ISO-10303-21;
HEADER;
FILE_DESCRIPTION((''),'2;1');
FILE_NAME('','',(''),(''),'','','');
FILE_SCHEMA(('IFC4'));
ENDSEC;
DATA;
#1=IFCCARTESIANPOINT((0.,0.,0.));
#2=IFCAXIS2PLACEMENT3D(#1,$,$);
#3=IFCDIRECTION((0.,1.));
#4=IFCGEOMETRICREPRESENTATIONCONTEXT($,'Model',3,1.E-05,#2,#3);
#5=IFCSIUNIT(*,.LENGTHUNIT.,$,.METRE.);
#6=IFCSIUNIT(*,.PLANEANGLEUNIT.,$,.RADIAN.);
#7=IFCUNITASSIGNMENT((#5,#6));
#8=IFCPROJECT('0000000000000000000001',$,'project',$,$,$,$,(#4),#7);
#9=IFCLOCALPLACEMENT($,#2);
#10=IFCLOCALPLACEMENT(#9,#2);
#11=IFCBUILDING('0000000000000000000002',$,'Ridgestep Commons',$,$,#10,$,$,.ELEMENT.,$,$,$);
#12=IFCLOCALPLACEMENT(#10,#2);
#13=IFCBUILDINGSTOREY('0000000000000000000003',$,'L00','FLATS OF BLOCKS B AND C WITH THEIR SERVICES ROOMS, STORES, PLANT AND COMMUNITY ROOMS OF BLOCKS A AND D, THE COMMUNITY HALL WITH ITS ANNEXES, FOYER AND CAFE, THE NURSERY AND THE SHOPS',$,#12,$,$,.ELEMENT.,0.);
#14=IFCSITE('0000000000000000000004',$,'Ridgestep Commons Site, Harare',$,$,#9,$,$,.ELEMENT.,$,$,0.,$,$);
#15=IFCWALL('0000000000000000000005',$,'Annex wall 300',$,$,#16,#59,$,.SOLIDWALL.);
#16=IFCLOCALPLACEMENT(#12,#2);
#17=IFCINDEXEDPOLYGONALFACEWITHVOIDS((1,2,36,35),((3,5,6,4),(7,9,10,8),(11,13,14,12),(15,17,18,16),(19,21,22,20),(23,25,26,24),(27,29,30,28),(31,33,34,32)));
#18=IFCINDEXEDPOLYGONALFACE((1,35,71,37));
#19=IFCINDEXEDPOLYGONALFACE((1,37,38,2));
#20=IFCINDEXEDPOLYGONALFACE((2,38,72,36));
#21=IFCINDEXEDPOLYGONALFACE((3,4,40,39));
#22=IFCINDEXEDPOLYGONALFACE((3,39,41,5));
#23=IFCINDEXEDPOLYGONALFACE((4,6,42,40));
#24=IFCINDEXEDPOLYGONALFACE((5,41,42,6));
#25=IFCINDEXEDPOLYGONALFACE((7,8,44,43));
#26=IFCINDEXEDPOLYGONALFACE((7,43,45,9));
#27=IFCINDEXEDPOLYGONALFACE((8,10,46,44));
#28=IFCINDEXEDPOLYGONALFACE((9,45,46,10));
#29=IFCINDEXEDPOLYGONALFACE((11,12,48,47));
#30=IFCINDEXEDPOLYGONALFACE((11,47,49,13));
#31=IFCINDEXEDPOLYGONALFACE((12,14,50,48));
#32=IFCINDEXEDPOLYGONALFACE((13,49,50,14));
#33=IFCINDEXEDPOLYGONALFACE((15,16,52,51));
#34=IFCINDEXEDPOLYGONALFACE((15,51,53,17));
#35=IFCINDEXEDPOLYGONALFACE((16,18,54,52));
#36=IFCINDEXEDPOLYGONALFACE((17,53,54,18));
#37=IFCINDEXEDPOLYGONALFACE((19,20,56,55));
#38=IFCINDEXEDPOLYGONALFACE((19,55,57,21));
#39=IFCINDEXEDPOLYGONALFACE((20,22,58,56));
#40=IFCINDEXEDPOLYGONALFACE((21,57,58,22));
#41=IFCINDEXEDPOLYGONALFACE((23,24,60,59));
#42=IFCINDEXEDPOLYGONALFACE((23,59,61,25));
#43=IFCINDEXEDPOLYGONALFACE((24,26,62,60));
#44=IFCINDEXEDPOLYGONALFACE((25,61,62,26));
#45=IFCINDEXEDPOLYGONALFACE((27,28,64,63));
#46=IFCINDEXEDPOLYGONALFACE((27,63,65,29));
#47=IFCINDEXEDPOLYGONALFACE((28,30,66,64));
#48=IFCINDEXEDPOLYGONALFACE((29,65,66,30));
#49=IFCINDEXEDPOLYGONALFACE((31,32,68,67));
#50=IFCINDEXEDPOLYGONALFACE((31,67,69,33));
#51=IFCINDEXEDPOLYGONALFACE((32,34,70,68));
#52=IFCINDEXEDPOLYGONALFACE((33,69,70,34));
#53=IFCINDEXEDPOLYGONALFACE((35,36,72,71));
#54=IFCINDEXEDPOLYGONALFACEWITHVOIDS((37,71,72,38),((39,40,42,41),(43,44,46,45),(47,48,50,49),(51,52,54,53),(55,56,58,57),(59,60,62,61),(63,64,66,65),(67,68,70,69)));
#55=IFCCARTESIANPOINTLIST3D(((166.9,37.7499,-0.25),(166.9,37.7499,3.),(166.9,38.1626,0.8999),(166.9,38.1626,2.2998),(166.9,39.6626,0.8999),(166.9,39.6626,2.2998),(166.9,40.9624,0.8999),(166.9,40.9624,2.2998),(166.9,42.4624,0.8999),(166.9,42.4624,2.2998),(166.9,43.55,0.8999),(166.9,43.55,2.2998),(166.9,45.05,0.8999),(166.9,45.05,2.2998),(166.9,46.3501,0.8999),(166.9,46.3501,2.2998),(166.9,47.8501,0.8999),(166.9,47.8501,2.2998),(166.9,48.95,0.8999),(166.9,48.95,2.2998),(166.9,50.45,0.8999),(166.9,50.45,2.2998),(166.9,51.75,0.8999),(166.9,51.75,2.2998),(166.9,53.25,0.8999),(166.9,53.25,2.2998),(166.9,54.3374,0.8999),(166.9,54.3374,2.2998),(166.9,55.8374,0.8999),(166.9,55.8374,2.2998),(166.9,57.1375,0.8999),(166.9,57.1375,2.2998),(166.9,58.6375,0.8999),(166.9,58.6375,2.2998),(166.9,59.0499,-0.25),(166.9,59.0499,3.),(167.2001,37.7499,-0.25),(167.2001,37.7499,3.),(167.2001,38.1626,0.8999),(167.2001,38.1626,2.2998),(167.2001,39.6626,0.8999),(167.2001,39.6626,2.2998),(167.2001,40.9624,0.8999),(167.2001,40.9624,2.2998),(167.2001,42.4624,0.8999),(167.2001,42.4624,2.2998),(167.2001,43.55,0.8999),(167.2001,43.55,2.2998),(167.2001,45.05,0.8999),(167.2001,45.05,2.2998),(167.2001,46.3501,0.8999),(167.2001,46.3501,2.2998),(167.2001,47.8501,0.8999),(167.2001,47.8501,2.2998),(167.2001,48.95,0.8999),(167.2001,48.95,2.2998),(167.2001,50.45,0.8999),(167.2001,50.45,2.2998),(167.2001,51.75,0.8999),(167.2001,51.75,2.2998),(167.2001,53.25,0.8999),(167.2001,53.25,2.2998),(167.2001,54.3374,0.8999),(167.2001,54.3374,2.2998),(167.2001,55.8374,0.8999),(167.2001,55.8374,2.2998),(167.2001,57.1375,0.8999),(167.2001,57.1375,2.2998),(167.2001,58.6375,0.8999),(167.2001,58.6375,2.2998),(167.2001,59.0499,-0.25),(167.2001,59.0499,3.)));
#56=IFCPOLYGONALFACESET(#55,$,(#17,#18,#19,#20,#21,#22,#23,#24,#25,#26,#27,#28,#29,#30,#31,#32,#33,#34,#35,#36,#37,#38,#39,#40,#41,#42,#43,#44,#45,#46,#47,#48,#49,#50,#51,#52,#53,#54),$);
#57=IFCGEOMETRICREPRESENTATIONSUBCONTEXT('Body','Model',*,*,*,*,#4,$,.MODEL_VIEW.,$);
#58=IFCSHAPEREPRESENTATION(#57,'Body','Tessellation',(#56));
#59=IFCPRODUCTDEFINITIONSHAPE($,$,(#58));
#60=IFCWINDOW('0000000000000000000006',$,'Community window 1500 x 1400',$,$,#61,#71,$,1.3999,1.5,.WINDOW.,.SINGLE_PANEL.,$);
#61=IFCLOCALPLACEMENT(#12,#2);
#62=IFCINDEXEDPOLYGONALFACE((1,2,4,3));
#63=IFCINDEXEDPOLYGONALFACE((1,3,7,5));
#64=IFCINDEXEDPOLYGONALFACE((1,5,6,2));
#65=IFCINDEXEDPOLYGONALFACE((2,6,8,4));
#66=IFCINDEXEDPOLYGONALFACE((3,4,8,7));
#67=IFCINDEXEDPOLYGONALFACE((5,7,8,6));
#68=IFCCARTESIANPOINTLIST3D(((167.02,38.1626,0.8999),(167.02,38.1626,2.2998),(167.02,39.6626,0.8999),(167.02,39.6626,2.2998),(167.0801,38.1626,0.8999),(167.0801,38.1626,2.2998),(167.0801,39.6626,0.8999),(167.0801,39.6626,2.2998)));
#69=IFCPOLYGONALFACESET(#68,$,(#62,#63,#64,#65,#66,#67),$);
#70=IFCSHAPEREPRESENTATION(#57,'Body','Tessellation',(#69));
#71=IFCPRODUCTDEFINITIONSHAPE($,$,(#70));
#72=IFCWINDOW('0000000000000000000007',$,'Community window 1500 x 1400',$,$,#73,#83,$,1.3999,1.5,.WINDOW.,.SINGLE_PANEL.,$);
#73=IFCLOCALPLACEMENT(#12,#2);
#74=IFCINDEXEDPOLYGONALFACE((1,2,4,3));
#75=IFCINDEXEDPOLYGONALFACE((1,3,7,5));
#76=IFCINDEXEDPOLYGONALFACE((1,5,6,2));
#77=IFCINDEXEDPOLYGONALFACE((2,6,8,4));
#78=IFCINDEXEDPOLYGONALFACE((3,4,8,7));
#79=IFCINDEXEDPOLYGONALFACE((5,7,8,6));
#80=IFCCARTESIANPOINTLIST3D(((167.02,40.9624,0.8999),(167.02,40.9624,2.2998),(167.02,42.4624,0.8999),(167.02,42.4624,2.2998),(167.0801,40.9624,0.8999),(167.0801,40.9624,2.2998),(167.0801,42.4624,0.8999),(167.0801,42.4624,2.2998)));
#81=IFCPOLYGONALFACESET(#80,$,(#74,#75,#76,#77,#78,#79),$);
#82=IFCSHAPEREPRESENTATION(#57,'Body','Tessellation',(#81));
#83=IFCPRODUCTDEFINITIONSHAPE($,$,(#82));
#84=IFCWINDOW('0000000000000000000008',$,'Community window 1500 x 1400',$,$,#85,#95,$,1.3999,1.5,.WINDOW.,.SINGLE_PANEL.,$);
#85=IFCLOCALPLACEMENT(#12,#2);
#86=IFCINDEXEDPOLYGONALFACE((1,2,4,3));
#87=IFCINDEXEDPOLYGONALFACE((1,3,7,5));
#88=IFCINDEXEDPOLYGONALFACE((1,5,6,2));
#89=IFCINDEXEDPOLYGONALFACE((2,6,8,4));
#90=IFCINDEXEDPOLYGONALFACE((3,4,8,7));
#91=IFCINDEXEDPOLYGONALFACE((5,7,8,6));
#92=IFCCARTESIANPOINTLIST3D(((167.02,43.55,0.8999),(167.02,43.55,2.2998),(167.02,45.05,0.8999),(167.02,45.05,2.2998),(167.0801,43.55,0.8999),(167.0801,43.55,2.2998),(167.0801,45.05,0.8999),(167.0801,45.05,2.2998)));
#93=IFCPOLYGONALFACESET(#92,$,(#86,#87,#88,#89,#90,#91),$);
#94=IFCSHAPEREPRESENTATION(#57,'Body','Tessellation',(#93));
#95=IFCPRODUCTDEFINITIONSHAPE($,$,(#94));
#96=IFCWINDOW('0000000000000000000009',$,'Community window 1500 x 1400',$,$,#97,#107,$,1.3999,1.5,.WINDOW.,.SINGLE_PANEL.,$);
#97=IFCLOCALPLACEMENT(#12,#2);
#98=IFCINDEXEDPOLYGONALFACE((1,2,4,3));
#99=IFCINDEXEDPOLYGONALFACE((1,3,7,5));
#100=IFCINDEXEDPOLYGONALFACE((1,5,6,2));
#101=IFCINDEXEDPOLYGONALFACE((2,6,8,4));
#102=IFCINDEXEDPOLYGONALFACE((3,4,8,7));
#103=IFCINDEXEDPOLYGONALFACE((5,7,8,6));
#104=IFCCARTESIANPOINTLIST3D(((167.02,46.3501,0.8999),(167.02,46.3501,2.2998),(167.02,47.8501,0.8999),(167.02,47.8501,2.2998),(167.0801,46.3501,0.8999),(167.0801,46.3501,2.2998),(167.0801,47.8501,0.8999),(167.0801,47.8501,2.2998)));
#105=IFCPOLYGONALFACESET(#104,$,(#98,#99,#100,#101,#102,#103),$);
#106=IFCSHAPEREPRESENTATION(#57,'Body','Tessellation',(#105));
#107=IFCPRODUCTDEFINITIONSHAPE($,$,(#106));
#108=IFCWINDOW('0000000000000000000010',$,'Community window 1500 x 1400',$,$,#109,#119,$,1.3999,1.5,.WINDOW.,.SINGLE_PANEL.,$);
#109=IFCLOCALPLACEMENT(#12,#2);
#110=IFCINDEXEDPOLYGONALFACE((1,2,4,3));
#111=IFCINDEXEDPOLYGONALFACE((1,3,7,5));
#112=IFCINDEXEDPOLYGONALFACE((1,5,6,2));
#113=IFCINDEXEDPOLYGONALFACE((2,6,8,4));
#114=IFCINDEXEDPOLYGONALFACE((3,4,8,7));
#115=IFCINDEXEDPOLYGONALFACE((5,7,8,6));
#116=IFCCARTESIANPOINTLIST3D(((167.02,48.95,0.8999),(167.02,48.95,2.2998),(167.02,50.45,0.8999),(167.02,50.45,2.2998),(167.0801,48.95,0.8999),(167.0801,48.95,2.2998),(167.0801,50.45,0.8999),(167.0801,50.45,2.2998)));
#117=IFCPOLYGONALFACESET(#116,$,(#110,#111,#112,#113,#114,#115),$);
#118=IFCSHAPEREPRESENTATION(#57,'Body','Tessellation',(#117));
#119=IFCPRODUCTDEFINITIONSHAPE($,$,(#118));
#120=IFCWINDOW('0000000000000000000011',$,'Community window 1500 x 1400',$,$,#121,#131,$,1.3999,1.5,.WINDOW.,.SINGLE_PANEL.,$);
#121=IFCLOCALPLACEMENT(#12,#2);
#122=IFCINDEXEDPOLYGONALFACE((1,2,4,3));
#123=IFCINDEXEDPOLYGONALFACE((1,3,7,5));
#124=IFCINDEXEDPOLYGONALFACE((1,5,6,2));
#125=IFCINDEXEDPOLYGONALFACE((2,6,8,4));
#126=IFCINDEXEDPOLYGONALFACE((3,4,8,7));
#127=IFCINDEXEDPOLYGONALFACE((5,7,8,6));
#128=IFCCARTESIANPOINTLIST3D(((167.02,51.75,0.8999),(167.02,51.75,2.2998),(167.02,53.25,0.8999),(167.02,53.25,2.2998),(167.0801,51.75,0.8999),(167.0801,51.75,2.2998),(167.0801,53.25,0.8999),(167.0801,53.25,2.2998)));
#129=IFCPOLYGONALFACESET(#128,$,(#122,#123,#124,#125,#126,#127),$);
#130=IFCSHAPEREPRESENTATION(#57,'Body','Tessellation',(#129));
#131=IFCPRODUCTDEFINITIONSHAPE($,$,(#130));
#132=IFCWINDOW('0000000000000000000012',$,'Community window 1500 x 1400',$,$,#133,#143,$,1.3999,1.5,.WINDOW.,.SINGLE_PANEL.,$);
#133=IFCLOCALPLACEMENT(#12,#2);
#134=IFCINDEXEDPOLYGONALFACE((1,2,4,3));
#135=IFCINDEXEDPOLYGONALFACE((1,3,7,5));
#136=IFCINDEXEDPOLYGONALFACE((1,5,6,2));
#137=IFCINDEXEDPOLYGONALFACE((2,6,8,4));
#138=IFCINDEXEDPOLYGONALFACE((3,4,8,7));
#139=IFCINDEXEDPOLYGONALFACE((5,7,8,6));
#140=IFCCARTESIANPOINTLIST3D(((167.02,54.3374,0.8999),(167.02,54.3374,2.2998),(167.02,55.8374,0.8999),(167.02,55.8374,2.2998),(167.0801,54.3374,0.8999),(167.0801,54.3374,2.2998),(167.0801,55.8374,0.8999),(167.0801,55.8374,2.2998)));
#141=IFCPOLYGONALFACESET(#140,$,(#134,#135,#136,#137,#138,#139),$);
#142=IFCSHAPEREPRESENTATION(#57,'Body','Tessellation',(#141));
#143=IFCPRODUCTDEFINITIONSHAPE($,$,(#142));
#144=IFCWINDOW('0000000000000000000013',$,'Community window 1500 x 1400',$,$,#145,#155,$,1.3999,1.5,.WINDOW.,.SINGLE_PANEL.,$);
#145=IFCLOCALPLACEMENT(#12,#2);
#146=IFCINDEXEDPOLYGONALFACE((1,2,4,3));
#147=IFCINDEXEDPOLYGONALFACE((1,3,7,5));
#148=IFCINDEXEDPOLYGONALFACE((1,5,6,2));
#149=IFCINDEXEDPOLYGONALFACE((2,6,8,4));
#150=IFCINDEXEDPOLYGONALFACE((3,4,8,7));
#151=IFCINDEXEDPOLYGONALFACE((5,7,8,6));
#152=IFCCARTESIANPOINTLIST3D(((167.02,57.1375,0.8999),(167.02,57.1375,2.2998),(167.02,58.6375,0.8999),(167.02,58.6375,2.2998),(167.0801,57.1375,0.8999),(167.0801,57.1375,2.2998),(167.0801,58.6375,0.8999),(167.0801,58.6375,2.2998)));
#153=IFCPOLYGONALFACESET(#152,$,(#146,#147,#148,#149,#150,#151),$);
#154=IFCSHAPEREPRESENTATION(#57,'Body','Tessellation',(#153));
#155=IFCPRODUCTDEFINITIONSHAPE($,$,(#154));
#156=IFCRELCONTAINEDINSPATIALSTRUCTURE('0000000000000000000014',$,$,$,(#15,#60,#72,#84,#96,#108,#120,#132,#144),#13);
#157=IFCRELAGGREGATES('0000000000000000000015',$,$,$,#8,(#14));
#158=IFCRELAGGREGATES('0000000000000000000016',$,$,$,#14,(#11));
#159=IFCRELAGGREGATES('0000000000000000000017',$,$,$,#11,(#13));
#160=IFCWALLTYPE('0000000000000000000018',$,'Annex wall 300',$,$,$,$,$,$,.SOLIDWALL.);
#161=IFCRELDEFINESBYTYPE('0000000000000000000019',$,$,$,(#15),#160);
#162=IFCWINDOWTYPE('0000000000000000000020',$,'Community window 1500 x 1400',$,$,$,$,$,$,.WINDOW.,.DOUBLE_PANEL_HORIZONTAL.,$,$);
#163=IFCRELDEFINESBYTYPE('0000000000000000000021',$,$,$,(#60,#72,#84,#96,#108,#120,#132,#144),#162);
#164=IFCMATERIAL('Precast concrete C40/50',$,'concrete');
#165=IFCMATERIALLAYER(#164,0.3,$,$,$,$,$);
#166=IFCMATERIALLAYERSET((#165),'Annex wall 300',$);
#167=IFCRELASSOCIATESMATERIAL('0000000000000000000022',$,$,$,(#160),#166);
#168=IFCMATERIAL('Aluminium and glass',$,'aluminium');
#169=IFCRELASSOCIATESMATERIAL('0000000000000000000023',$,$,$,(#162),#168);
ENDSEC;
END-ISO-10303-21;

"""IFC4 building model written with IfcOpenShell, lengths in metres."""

from ifc_helpers import new_model, si_unit, direction, frame, frame_2d, origin, place, context, subcontext, project, spatial, rectangle, extrude, material, layer, layer_set, type_object, element, fill, save


model = new_model("IFC4")

# Units and contexts
model_context = context("Model", 3, precision=1e-05, world=origin(), true_north=direction((0.0, 1.0)))
body_context = subcontext(model_context, "Body", "Model", "MODEL_VIEW")
ifc_project = project(units=[si_unit("LENGTHUNIT", "METRE"), si_unit("PLANEANGLEUNIT", "RADIAN")], contexts=[model_context])

# Site, building, storey
site_placement = place(None, origin())
site = spatial("IfcSite", under=ifc_project, at=site_placement, Name="Ridgestep Commons Site, Harare", CompositionType="ELEMENT", RefElevation=0.0)
building_placement = place(site_placement, origin())
building = spatial("IfcBuilding", under=site, at=building_placement, Name="Ridgestep Commons", CompositionType="ELEMENT")
storey_placement = place(building_placement, origin())
storey = spatial("IfcBuildingStorey", under=building, at=storey_placement, Name="L00", Description="FLATS OF BLOCKS B AND C WITH THEIR SERVICES ROOMS, STORES, PLANT AND COMMUNITY ROOMS OF BLOCKS A AND D, THE COMMUNITY HALL WITH ITS ANNEXES, FOYER AND CAFE, THE NURSERY AND THE SHOPS", CompositionType="ELEMENT", Elevation=0.0)

# Wall, openings, windows
ifc_material_1 = material(Name="Precast concrete C40/50", Category="concrete")
ifc_layer_1 = layer(ifc_material_1, 0.3)
ifc_layer_set_1 = layer_set([ifc_layer_1], Name="Annex wall 300")
wall_type_1 = type_object("IfcWallType", Name="Annex wall 300", PredefinedType="SOLIDWALL", material=ifc_layer_set_1)
wall_1_placement = place(storey_placement, frame((167.05, 37.75, -0.25), z_axis=(0.0, 0.0, 1.0), x_axis=(0.0, 1.0, 0.0)))
wall_1 = element("IfcWall", 1, at=wall_1_placement, inside=storey, type_object=wall_type_1, Name="Annex wall 300", PredefinedType="SOLIDWALL", context=body_context, shape_type="SweptSolid", body=[
    extrude(rectangle(XDim=21.3, YDim=0.3, at=frame_2d((10.6499, 0.0))), origin(), (0.0, 0.0, 1.0), 3.25),
])
opening_1_placement = place(wall_1_placement, frame((0.4126, 0.0, 1.1499)))
opening_1 = element("IfcOpeningElement", 2, at=opening_1_placement, cuts=wall_1, PredefinedType="OPENING", context=body_context, shape_type="SweptSolid", body=[
    extrude(rectangle(XDim=1.5, YDim=1.3999, at=frame_2d((0.75, 0.7))), frame((0.0, 0.1599, 0.0), z_axis=(0.0, -1.0, 0.0), x_axis=(1.0, 0.0, 0.0)), (0.0, 0.0, 1.0), 0.3201),
])
opening_2_placement = place(wall_1_placement, frame((3.2124, 0.0, 1.1499)))
opening_2 = element("IfcOpeningElement", 3, at=opening_2_placement, cuts=wall_1, PredefinedType="OPENING", context=body_context, shape_type="SweptSolid", body=[
    extrude(rectangle(XDim=1.5, YDim=1.3999, at=frame_2d((0.75, 0.7))), frame((0.0, 0.1599, 0.0), z_axis=(0.0, -1.0, 0.0), x_axis=(1.0, 0.0, 0.0)), (0.0, 0.0, 1.0), 0.3201),
])
opening_3_placement = place(wall_1_placement, frame((5.8, 0.0, 1.1499)))
opening_3 = element("IfcOpeningElement", 4, at=opening_3_placement, cuts=wall_1, PredefinedType="OPENING", context=body_context, shape_type="SweptSolid", body=[
    extrude(rectangle(XDim=1.5, YDim=1.3999, at=frame_2d((0.75, 0.7))), frame((0.0, 0.1599, 0.0), z_axis=(0.0, -1.0, 0.0), x_axis=(1.0, 0.0, 0.0)), (0.0, 0.0, 1.0), 0.3201),
])
opening_4_placement = place(wall_1_placement, frame((8.6001, 0.0, 1.1499)))
opening_4 = element("IfcOpeningElement", 5, at=opening_4_placement, cuts=wall_1, PredefinedType="OPENING", context=body_context, shape_type="SweptSolid", body=[
    extrude(rectangle(XDim=1.5, YDim=1.3999, at=frame_2d((0.75, 0.7))), frame((0.0, 0.1599, 0.0), z_axis=(0.0, -1.0, 0.0), x_axis=(1.0, 0.0, 0.0)), (0.0, 0.0, 1.0), 0.3201),
])
opening_5_placement = place(wall_1_placement, frame((11.2, 0.0, 1.1499)))
opening_5 = element("IfcOpeningElement", 6, at=opening_5_placement, cuts=wall_1, PredefinedType="OPENING", context=body_context, shape_type="SweptSolid", body=[
    extrude(rectangle(XDim=1.5, YDim=1.3999, at=frame_2d((0.75, 0.7))), frame((0.0, 0.1599, 0.0), z_axis=(0.0, -1.0, 0.0), x_axis=(1.0, 0.0, 0.0)), (0.0, 0.0, 1.0), 0.3201),
])
opening_6_placement = place(wall_1_placement, frame((14.0, 0.0, 1.1499)))
opening_6 = element("IfcOpeningElement", 7, at=opening_6_placement, cuts=wall_1, PredefinedType="OPENING", context=body_context, shape_type="SweptSolid", body=[
    extrude(rectangle(XDim=1.5, YDim=1.3999, at=frame_2d((0.75, 0.7))), frame((0.0, 0.1599, 0.0), z_axis=(0.0, -1.0, 0.0), x_axis=(1.0, 0.0, 0.0)), (0.0, 0.0, 1.0), 0.3201),
])
opening_7_placement = place(wall_1_placement, frame((16.5874, 0.0, 1.1499)))
opening_7 = element("IfcOpeningElement", 8, at=opening_7_placement, cuts=wall_1, PredefinedType="OPENING", context=body_context, shape_type="SweptSolid", body=[
    extrude(rectangle(XDim=1.5, YDim=1.3999, at=frame_2d((0.75, 0.7))), frame((0.0, 0.1599, 0.0), z_axis=(0.0, -1.0, 0.0), x_axis=(1.0, 0.0, 0.0)), (0.0, 0.0, 1.0), 0.3201),
])
opening_8_placement = place(wall_1_placement, frame((19.3875, 0.0, 1.1499)))
opening_8 = element("IfcOpeningElement", 9, at=opening_8_placement, cuts=wall_1, PredefinedType="OPENING", context=body_context, shape_type="SweptSolid", body=[
    extrude(rectangle(XDim=1.5, YDim=1.3999, at=frame_2d((0.75, 0.7))), frame((0.0, 0.1599, 0.0), z_axis=(0.0, -1.0, 0.0), x_axis=(1.0, 0.0, 0.0)), (0.0, 0.0, 1.0), 0.3201),
])
ifc_material_2 = material(Name="Aluminium and glass", Category="aluminium")
window_type = type_object("IfcWindowType", Name="Community window 1500 x 1400", PartitioningType="DOUBLE_PANEL_HORIZONTAL", PredefinedType="WINDOW", material=ifc_material_2)
window_1_placement = place(opening_1_placement, origin())
window_1 = element("IfcWindow", 10, at=window_1_placement, inside=storey, type_object=window_type, Name="Community window 1500 x 1400", OverallHeight=1.3999, OverallWidth=1.5, PartitioningType="SINGLE_PANEL", PredefinedType="WINDOW", context=body_context, shape_type="SweptSolid", body=[
    extrude(rectangle(XDim=1.5, YDim=1.3999, at=frame_2d((0.75, 0.7))), frame((0.0, 0.03, 0.0), z_axis=(0.0, -1.0, 0.0), x_axis=(1.0, 0.0, 0.0)), (0.0, 0.0, 1.0), 0.0601),
])
fill(opening_1, window_1)
window_2_placement = place(opening_2_placement, origin())
window_2 = element("IfcWindow", 11, at=window_2_placement, inside=storey, type_object=window_type, Name="Community window 1500 x 1400", OverallHeight=1.3999, OverallWidth=1.5, PartitioningType="SINGLE_PANEL", PredefinedType="WINDOW", context=body_context, shape_type="SweptSolid", body=[
    extrude(rectangle(XDim=1.5, YDim=1.3999, at=frame_2d((0.75, 0.7))), frame((0.0, 0.03, 0.0), z_axis=(0.0, -1.0, 0.0), x_axis=(1.0, 0.0, 0.0)), (0.0, 0.0, 1.0), 0.0601),
])
fill(opening_2, window_2)
window_3_placement = place(opening_3_placement, origin())
window_3 = element("IfcWindow", 12, at=window_3_placement, inside=storey, type_object=window_type, Name="Community window 1500 x 1400", OverallHeight=1.3999, OverallWidth=1.5, PartitioningType="SINGLE_PANEL", PredefinedType="WINDOW", context=body_context, shape_type="SweptSolid", body=[
    extrude(rectangle(XDim=1.5, YDim=1.3999, at=frame_2d((0.75, 0.7))), frame((0.0, 0.03, 0.0), z_axis=(0.0, -1.0, 0.0), x_axis=(1.0, 0.0, 0.0)), (0.0, 0.0, 1.0), 0.0601),
])
fill(opening_3, window_3)
window_4_placement = place(opening_4_placement, origin())
window_4 = element("IfcWindow", 13, at=window_4_placement, inside=storey, type_object=window_type, Name="Community window 1500 x 1400", OverallHeight=1.3999, OverallWidth=1.5, PartitioningType="SINGLE_PANEL", PredefinedType="WINDOW", context=body_context, shape_type="SweptSolid", body=[
    extrude(rectangle(XDim=1.5, YDim=1.3999, at=frame_2d((0.75, 0.7))), frame((0.0, 0.03, 0.0), z_axis=(0.0, -1.0, 0.0), x_axis=(1.0, 0.0, 0.0)), (0.0, 0.0, 1.0), 0.0601),
])
fill(opening_4, window_4)
window_5_placement = place(opening_5_placement, origin())
window_5 = element("IfcWindow", 14, at=window_5_placement, inside=storey, type_object=window_type, Name="Community window 1500 x 1400", OverallHeight=1.3999, OverallWidth=1.5, PartitioningType="SINGLE_PANEL", PredefinedType="WINDOW", context=body_context, shape_type="SweptSolid", body=[
    extrude(rectangle(XDim=1.5, YDim=1.3999, at=frame_2d((0.75, 0.7))), frame((0.0, 0.03, 0.0), z_axis=(0.0, -1.0, 0.0), x_axis=(1.0, 0.0, 0.0)), (0.0, 0.0, 1.0), 0.0601),
])
fill(opening_5, window_5)
window_6_placement = place(opening_6_placement, origin())
window_6 = element("IfcWindow", 15, at=window_6_placement, inside=storey, type_object=window_type, Name="Community window 1500 x 1400", OverallHeight=1.3999, OverallWidth=1.5, PartitioningType="SINGLE_PANEL", PredefinedType="WINDOW", context=body_context, shape_type="SweptSolid", body=[
    extrude(rectangle(XDim=1.5, YDim=1.3999, at=frame_2d((0.75, 0.7))), frame((0.0, 0.03, 0.0), z_axis=(0.0, -1.0, 0.0), x_axis=(1.0, 0.0, 0.0)), (0.0, 0.0, 1.0), 0.0601),
])
fill(opening_6, window_6)
window_7_placement = place(opening_7_placement, origin())
window_7 = element("IfcWindow", 16, at=window_7_placement, inside=storey, type_object=window_type, Name="Community window 1500 x 1400", OverallHeight=1.3999, OverallWidth=1.5, PartitioningType="SINGLE_PANEL", PredefinedType="WINDOW", context=body_context, shape_type="SweptSolid", body=[
    extrude(rectangle(XDim=1.5, YDim=1.3999, at=frame_2d((0.75, 0.7))), frame((0.0, 0.03, 0.0), z_axis=(0.0, -1.0, 0.0), x_axis=(1.0, 0.0, 0.0)), (0.0, 0.0, 1.0), 0.0601),
])
fill(opening_7, window_7)
window_8_placement = place(opening_8_placement, origin())
window_8 = element("IfcWindow", 17, at=window_8_placement, inside=storey, type_object=window_type, Name="Community window 1500 x 1400", OverallHeight=1.3999, OverallWidth=1.5, PartitioningType="SINGLE_PANEL", PredefinedType="WINDOW", context=body_context, shape_type="SweptSolid", body=[
    extrude(rectangle(XDim=1.5, YDim=1.3999, at=frame_2d((0.75, 0.7))), frame((0.0, 0.03, 0.0), z_axis=(0.0, -1.0, 0.0), x_axis=(1.0, 0.0, 0.0)), (0.0, 0.0, 1.0), 0.0601),
])
fill(opening_8, window_8)

save(model, "model.ifc")
